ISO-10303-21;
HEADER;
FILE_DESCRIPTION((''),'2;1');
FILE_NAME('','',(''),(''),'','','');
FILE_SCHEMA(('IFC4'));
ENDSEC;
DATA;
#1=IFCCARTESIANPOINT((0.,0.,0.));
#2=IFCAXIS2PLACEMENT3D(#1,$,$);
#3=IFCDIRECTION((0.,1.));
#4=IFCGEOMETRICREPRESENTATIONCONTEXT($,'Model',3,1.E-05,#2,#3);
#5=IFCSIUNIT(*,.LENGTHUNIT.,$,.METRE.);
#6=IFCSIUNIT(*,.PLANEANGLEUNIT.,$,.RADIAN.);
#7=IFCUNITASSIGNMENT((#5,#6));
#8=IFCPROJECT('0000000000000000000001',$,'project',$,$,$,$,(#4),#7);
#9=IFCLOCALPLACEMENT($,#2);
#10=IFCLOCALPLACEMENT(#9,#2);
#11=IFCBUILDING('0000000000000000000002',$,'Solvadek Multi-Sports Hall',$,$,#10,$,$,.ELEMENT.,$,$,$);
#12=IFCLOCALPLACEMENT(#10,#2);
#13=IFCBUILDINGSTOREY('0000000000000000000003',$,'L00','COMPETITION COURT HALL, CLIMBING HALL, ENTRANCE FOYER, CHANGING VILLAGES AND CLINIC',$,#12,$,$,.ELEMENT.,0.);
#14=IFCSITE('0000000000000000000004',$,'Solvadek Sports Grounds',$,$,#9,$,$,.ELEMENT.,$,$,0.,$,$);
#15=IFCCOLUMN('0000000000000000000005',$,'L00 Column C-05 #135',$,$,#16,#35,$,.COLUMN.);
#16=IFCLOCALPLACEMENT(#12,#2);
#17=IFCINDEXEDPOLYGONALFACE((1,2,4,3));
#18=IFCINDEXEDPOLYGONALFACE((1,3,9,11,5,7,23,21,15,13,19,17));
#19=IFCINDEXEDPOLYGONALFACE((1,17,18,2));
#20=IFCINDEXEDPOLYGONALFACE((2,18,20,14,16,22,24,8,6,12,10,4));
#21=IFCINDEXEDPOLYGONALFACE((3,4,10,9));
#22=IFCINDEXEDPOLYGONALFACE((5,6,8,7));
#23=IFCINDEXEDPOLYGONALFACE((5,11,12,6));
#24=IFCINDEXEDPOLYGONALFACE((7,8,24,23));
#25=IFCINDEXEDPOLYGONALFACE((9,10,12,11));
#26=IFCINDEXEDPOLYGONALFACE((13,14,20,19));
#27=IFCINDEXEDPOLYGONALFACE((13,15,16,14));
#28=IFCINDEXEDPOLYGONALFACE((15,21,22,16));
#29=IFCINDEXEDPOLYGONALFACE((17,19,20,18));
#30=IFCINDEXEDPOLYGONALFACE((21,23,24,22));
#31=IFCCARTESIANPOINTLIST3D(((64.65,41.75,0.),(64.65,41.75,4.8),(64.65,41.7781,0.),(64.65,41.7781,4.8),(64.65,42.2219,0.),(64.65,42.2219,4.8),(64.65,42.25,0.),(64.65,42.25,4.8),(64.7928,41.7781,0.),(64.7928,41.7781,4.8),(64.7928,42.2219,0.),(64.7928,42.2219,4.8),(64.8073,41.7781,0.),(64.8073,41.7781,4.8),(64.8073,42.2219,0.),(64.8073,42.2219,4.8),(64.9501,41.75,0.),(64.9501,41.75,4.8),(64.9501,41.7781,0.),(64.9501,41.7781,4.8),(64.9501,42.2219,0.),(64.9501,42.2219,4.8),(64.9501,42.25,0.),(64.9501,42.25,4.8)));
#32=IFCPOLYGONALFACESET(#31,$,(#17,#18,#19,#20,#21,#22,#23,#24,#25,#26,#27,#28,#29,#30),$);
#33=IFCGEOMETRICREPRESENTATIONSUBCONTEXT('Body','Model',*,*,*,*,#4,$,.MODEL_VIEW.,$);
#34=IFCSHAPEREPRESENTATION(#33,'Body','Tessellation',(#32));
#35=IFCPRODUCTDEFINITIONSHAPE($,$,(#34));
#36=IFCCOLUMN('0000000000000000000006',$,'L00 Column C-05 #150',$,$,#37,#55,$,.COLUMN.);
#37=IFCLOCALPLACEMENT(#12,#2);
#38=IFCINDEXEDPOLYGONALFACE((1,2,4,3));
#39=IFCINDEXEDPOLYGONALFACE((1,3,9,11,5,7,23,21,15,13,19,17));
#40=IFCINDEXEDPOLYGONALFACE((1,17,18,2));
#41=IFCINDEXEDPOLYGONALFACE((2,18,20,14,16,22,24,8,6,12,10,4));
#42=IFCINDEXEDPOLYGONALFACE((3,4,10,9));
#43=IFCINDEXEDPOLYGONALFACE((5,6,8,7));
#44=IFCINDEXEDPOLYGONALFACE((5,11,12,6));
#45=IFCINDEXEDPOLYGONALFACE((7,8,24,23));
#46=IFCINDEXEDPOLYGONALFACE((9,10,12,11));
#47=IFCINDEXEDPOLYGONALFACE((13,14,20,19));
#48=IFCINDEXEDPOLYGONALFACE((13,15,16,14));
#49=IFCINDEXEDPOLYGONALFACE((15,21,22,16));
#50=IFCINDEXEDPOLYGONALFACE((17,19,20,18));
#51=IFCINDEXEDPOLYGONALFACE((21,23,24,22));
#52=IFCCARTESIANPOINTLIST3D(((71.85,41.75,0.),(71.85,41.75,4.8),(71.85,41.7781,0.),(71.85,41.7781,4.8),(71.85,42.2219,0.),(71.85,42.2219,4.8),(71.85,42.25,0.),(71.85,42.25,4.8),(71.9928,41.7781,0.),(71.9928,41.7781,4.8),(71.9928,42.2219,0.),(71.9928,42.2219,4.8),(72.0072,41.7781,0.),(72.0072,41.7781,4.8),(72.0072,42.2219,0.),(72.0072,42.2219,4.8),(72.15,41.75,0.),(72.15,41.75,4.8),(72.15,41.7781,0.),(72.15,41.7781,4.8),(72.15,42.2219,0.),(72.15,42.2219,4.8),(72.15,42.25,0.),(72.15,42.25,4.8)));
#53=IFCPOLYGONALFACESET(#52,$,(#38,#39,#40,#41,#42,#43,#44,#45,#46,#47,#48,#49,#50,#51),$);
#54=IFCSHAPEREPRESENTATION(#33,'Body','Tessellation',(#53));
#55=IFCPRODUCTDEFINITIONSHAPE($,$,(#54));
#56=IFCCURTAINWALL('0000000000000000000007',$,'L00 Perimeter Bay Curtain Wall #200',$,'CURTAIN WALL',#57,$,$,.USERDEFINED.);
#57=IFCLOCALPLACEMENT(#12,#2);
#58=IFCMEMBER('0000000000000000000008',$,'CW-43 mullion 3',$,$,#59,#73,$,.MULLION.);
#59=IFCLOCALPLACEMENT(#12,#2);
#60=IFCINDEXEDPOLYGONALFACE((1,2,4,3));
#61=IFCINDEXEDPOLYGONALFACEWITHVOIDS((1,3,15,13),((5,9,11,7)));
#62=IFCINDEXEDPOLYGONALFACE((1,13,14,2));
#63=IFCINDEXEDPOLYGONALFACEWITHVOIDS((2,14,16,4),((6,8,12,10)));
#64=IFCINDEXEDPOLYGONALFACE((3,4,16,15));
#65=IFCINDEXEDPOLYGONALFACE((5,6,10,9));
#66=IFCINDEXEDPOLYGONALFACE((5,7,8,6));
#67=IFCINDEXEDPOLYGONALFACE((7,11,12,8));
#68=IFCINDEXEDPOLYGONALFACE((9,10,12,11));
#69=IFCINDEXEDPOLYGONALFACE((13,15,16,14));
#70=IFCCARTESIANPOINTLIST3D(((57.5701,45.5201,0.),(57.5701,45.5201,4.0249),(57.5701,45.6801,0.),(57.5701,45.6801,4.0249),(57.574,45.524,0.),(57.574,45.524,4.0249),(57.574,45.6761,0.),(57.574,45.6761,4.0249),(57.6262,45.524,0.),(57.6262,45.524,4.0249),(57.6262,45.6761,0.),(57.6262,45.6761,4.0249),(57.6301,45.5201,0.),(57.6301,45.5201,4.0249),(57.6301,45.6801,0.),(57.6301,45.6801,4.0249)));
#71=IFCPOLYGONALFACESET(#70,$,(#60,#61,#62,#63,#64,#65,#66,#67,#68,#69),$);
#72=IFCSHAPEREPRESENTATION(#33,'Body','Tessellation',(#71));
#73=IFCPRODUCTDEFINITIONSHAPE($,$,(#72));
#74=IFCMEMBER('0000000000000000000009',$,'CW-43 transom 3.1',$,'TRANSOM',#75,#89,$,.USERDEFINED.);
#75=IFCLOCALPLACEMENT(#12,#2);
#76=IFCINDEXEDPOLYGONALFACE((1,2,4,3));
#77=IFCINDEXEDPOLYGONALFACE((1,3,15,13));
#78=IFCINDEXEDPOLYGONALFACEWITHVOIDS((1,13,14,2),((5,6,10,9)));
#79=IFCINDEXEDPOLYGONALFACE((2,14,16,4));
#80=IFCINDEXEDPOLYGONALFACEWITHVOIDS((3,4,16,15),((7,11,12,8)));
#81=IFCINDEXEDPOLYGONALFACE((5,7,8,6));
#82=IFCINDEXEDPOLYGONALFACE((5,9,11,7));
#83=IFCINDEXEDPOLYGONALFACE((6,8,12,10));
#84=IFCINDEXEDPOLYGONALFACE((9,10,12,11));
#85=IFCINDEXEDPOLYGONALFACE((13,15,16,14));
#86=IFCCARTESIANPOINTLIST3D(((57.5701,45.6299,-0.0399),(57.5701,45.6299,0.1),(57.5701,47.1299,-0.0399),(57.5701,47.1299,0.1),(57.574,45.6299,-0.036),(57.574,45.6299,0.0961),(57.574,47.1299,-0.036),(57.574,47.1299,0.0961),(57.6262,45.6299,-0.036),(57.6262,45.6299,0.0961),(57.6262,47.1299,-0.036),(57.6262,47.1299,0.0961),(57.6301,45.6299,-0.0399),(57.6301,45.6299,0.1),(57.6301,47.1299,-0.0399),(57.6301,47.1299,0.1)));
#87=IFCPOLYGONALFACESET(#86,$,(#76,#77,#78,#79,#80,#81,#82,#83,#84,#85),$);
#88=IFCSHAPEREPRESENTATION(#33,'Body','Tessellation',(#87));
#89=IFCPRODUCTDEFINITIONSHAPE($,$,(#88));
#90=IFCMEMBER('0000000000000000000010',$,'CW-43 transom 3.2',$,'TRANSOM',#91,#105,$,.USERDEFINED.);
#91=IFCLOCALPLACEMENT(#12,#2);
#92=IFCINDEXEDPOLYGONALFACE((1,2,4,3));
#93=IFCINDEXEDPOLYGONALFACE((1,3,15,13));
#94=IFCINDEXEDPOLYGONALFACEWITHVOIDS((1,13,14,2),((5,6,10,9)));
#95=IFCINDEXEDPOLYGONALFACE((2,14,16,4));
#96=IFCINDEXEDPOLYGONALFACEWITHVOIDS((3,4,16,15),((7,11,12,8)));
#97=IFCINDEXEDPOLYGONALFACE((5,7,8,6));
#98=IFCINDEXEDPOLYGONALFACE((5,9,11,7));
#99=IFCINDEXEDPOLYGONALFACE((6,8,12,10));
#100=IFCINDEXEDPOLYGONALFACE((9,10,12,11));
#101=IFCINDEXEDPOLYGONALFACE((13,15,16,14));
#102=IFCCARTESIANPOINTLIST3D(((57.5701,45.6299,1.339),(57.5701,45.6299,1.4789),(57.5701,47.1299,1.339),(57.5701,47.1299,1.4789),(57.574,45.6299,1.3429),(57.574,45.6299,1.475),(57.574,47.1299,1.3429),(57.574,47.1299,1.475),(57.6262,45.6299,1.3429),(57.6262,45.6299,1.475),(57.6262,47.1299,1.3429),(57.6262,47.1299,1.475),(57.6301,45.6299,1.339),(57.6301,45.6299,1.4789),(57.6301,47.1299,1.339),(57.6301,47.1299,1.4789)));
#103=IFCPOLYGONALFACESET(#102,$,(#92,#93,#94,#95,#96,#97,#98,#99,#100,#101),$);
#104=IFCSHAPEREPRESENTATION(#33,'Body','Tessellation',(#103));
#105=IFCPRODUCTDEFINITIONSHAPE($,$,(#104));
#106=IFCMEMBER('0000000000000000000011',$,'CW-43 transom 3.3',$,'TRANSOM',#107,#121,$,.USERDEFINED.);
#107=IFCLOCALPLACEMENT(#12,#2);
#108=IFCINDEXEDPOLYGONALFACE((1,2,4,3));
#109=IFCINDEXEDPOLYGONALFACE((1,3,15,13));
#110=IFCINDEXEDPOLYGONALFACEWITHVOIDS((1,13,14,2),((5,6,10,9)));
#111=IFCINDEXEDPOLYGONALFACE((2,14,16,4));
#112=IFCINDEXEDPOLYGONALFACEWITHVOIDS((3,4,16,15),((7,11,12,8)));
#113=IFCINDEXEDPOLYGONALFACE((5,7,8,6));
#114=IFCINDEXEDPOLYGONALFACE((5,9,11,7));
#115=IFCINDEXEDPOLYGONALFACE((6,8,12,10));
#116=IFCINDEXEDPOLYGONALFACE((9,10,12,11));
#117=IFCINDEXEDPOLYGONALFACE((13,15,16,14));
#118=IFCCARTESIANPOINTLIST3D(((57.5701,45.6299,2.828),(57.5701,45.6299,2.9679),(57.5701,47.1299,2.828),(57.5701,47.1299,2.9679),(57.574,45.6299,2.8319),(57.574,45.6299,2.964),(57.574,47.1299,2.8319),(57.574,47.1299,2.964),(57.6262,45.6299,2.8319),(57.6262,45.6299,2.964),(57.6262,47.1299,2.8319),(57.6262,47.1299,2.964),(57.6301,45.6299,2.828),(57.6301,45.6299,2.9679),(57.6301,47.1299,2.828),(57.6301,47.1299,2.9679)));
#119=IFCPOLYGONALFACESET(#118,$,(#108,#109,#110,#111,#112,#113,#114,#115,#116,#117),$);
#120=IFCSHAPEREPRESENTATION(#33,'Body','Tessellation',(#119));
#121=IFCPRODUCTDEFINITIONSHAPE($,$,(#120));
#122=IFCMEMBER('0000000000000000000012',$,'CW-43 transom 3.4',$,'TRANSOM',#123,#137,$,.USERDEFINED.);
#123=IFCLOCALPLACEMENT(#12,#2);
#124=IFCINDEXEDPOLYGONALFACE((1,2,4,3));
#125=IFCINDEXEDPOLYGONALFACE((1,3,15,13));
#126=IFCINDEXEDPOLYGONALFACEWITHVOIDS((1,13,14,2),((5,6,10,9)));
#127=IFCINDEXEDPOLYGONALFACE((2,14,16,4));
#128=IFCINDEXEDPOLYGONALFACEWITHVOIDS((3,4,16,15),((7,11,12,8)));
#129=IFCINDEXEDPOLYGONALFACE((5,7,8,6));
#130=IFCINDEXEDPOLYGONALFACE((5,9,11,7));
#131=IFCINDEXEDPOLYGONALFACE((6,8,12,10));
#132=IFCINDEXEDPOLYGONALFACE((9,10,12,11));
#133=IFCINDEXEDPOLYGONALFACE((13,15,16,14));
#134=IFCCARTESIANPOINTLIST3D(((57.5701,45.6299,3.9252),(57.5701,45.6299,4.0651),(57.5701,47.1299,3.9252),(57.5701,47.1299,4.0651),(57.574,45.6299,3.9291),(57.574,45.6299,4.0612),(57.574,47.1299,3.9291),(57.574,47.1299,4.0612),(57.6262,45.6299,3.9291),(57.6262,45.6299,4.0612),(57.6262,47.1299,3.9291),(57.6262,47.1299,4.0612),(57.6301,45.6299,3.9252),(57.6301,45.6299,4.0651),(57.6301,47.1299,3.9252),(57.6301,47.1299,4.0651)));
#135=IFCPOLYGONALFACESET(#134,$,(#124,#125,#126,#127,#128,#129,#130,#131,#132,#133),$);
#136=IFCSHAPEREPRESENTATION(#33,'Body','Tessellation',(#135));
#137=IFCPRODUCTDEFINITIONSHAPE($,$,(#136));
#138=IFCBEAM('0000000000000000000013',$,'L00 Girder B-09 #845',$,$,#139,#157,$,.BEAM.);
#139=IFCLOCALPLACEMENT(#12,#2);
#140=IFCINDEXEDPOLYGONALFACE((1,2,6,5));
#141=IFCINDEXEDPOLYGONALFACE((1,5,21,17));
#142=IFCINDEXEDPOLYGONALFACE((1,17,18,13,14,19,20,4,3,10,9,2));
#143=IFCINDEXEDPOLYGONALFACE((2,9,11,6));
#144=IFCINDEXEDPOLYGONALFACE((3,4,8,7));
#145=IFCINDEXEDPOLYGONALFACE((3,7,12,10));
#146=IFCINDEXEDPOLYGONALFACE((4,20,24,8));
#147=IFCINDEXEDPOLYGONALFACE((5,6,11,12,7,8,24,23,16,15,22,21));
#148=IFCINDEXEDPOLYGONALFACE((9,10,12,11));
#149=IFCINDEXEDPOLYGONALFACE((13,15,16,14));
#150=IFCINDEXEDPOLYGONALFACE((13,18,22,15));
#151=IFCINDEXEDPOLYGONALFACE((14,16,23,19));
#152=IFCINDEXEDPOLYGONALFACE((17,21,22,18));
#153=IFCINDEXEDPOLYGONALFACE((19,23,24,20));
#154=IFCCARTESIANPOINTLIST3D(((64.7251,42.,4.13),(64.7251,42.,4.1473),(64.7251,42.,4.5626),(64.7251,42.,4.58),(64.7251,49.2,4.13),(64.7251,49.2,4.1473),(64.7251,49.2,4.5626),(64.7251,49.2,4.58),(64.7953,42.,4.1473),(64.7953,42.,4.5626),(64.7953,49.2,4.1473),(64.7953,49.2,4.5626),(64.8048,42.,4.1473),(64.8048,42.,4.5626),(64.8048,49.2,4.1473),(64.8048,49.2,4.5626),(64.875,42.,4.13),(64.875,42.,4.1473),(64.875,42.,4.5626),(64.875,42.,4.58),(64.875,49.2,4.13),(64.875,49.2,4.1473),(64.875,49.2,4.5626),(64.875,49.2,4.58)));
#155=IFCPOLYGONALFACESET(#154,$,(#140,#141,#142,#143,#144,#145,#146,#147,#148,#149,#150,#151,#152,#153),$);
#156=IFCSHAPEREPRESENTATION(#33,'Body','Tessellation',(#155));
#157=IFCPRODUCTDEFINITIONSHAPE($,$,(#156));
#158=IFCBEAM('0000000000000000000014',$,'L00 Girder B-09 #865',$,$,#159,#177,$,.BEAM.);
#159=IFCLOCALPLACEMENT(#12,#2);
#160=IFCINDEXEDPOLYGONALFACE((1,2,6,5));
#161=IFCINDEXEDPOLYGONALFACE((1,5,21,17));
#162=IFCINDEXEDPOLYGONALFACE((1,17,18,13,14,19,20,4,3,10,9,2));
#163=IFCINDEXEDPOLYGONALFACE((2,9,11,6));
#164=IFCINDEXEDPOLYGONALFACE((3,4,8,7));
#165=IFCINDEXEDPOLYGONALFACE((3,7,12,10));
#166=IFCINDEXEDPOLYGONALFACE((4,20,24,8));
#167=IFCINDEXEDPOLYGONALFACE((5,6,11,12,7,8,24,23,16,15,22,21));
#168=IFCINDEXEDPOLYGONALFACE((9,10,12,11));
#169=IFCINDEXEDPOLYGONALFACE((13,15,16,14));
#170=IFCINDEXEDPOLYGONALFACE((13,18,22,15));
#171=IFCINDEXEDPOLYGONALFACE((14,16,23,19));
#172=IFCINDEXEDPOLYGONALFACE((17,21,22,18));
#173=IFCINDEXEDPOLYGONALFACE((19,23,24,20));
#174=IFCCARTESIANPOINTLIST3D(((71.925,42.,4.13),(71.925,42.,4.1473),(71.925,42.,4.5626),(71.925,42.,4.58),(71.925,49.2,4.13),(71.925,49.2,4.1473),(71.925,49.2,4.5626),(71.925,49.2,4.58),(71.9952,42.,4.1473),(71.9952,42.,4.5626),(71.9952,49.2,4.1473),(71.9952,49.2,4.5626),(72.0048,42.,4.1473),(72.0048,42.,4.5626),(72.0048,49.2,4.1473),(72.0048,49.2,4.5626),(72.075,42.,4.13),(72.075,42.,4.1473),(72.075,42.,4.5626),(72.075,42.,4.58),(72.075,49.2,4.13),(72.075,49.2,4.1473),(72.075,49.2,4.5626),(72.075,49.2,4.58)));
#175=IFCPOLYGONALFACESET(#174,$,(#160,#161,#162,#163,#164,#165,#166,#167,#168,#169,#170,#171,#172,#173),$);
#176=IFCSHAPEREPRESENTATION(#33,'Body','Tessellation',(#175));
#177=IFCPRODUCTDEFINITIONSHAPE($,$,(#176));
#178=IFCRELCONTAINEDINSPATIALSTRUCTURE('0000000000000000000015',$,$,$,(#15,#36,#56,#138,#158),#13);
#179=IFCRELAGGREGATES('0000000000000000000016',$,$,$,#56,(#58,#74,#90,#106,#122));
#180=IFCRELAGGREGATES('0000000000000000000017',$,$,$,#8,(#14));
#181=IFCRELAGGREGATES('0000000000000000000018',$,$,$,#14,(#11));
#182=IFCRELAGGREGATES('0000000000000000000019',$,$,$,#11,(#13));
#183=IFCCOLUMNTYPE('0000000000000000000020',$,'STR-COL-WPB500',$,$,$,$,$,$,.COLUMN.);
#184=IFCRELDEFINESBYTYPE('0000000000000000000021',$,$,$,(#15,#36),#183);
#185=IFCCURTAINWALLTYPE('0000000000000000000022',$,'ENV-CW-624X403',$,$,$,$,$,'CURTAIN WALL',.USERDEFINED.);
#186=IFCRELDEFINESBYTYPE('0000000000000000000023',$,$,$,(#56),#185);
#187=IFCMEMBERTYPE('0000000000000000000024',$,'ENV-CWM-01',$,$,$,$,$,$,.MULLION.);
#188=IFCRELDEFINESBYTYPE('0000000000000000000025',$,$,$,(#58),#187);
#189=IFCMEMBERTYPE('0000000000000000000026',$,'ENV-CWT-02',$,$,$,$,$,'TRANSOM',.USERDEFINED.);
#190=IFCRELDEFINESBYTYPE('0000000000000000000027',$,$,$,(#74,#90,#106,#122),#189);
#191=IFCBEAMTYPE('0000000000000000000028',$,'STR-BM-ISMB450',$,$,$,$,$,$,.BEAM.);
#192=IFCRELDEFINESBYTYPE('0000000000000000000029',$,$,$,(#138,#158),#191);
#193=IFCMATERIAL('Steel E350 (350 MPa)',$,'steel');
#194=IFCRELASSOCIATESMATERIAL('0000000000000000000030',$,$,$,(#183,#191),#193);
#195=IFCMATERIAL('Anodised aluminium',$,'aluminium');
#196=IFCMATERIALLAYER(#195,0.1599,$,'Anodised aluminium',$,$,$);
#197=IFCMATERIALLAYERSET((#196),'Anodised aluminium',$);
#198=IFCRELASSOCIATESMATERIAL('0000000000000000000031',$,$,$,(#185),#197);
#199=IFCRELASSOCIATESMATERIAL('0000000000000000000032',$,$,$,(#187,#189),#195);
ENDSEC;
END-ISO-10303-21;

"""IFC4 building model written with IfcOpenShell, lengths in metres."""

from ifc_helpers import new_model, si_unit, direction, frame, origin, origin_2d, place, context, subcontext, project, spatial, hollow_rectangle, i_section, extrude, material, layer, layer_set, material_profile, profile_set, type_object, element, aggregate, save


model = new_model("IFC4")

# Units and contexts
model_context = context("Model", 3, precision=1e-05, world=origin(), true_north=direction((0.0, 1.0)))
body_context = subcontext(model_context, "Body", "Model", "MODEL_VIEW")
ifc_project = project(units=[si_unit("LENGTHUNIT", "METRE"), si_unit("PLANEANGLEUNIT", "RADIAN")], contexts=[model_context])

# Site, building, storey
site_placement = place(None, origin())
site = spatial("IfcSite", under=ifc_project, at=site_placement, Name="Solvadek Sports Grounds", CompositionType="ELEMENT", RefElevation=0.0)
building_placement = place(site_placement, origin())
building = spatial("IfcBuilding", under=site, at=building_placement, Name="Solvadek Multi-Sports Hall", CompositionType="ELEMENT")
storey_placement = place(building_placement, origin())
storey = spatial("IfcBuildingStorey", under=building, at=storey_placement, Name="L00", Description="COMPETITION COURT HALL, CLIMBING HALL, ENTRANCE FOYER, CHANGING VILLAGES AND CLINIC", CompositionType="ELEMENT", Elevation=0.0)

# Columns
ifc_material_1 = material(Name="Steel E350 (350 MPa)", Category="steel")
ifc_material_profile_1 = material_profile(ifc_material_1, i_section(OverallWidth=0.3, OverallDepth=0.5, WebThickness=0.0144, FlangeThickness=0.0281, at=origin_2d()), Name="WPB 500")
ifc_profile_set_1 = profile_set([ifc_material_profile_1], Name="Steel E350 (350 MPa)")
column_type = type_object("IfcColumnType", Name="STR-COL-WPB500", PredefinedType="COLUMN", material=ifc_profile_set_1)
for number, where, z_axis, x_axis, name in (
    (1, (64.8, 42.0, 0.0), (0.0, 0.0, 1.0), (1.0, 0.0, 0.0), "L00 Column C-05 #135"),
    (2, (72.0, 42.0, 0.0), (0.0, 0.0, 1.0), (1.0, 0.0, 0.0), "L00 Column C-05 #150"),
):
    element("IfcColumn", number, at=place(storey_placement, frame(where, z_axis=z_axis, x_axis=x_axis)), inside=storey, type_object=column_type, Name=name, PredefinedType="COLUMN", context=body_context, shape_type="SweptSolid", body=[
        extrude(i_section(OverallWidth=0.3, OverallDepth=0.5, WebThickness=0.0144, FlangeThickness=0.0281, at=origin_2d()), origin(), (0.0, 0.0, 1.0), 4.8),
    ])

# Curtain wall, members
ifc_material_2 = material(Name="Anodised aluminium", Category="aluminium")
ifc_layer_1 = layer(ifc_material_2, 0.1599, Name="Anodised aluminium")
ifc_layer_set_1 = layer_set([ifc_layer_1], Name="Anodised aluminium")
curtain_wall_type = type_object("IfcCurtainWallType", Name="ENV-CW-624X403", ElementType="CURTAIN WALL", PredefinedType="USERDEFINED", material=ifc_layer_set_1)
curtain_wall_placement = place(storey_placement, origin())
curtain_wall = element("IfcCurtainWall", 3, at=curtain_wall_placement, inside=storey, type_object=curtain_wall_type, Name="L00 Perimeter Bay Curtain Wall #200", ObjectType="CURTAIN WALL", PredefinedType="USERDEFINED")
ifc_material_profile_2 = material_profile(ifc_material_2, hollow_rectangle(XDim=0.0601, YDim=0.1599, WallThickness=0.0039, at=origin_2d()), Name="ALU-M 160x60x4")
ifc_profile_set_2 = profile_set([ifc_material_profile_2], Name="Anodised aluminium")
member_type_1 = type_object("IfcMemberType", Name="ENV-CWM-01", PredefinedType="MULLION", material=ifc_profile_set_2)
member_1_placement = place(storey_placement, frame((57.6001, 45.6001, 0.0), z_axis=(0.0, 0.0, 1.0), x_axis=(-1.0, 0.0, 0.0)))
member_1 = element("IfcMember", 4, at=member_1_placement, type_object=member_type_1, Name="CW-43 mullion 3", PredefinedType="MULLION", context=body_context, shape_type="SweptSolid", body=[
    extrude(hollow_rectangle(XDim=0.0601, YDim=0.1599, WallThickness=0.0039, at=origin_2d()), origin(), (0.0, 0.0, 1.0), 4.0249),
])
ifc_material_profile_3 = material_profile(ifc_material_2, hollow_rectangle(XDim=0.0601, YDim=0.1399, WallThickness=0.0039, at=origin_2d()), Name="ALU-T 140x60x4")
ifc_profile_set_3 = profile_set([ifc_material_profile_3], Name="Anodised aluminium")
member_type_2 = type_object("IfcMemberType", Name="ENV-CWT-02", ElementType="TRANSOM", PredefinedType="USERDEFINED", material=ifc_profile_set_3)
member_2_placement = place(storey_placement, frame((57.6001, 45.6299, 0.03), z_axis=(0.0, 1.0, 0.0), x_axis=(-1.0, 0.0, 0.0)))
member_2 = element("IfcMember", 5, at=member_2_placement, type_object=member_type_2, Name="CW-43 transom 3.1", ObjectType="TRANSOM", PredefinedType="USERDEFINED", context=body_context, shape_type="SweptSolid", body=[
    extrude(hollow_rectangle(XDim=0.0601, YDim=0.1399, WallThickness=0.0039, at=origin_2d()), origin(), (0.0, 0.0, 1.0), 1.5),
])
member_3_placement = place(storey_placement, frame((57.6001, 45.6299, 1.4089), z_axis=(0.0, 1.0, 0.0), x_axis=(-1.0, 0.0, 0.0)))
member_3 = element("IfcMember", 6, at=member_3_placement, type_object=member_type_2, Name="CW-43 transom 3.2", ObjectType="TRANSOM", PredefinedType="USERDEFINED", context=body_context, shape_type="SweptSolid", body=[
    extrude(hollow_rectangle(XDim=0.0601, YDim=0.1399, WallThickness=0.0039, at=origin_2d()), origin(), (0.0, 0.0, 1.0), 1.5),
])
member_4_placement = place(storey_placement, frame((57.6001, 45.6299, 2.8979), z_axis=(0.0, 1.0, 0.0), x_axis=(-1.0, 0.0, 0.0)))
member_4 = element("IfcMember", 7, at=member_4_placement, type_object=member_type_2, Name="CW-43 transom 3.3", ObjectType="TRANSOM", PredefinedType="USERDEFINED", context=body_context, shape_type="SweptSolid", body=[
    extrude(hollow_rectangle(XDim=0.0601, YDim=0.1399, WallThickness=0.0039, at=origin_2d()), origin(), (0.0, 0.0, 1.0), 1.5),
])
member_5_placement = place(storey_placement, frame((57.6001, 45.6299, 3.9951), z_axis=(0.0, 1.0, 0.0), x_axis=(-1.0, 0.0, 0.0)))
member_5 = element("IfcMember", 8, at=member_5_placement, type_object=member_type_2, Name="CW-43 transom 3.4", ObjectType="TRANSOM", PredefinedType="USERDEFINED", context=body_context, shape_type="SweptSolid", body=[
    extrude(hollow_rectangle(XDim=0.0601, YDim=0.1399, WallThickness=0.0039, at=origin_2d()), origin(), (0.0, 0.0, 1.0), 1.5),
])

# Beams
ifc_material_profile_4 = material_profile(ifc_material_1, i_section(OverallWidth=0.1499, OverallDepth=0.45, WebThickness=0.0095, FlangeThickness=0.0173, at=origin_2d()), Name="ISMB 450")
ifc_profile_set_4 = profile_set([ifc_material_profile_4], Name="Steel E350 (350 MPa)")
beam_type_1 = type_object("IfcBeamType", Name="STR-BM-ISMB450", PredefinedType="BEAM", material=ifc_profile_set_4)
for number, where, z_axis, x_axis, name in (
    (9, (64.8, 42.0, 4.355), (0.0, 1.0, 0.0), (-1.0, 0.0, 0.0), "L00 Girder B-09 #845"),
    (10, (72.0, 42.0, 4.355), (0.0, 1.0, 0.0), (-1.0, 0.0, 0.0), "L00 Girder B-09 #865"),
):
    element("IfcBeam", number, at=place(storey_placement, frame(where, z_axis=z_axis, x_axis=x_axis)), inside=storey, type_object=beam_type_1, Name=name, PredefinedType="BEAM", context=body_context, shape_type="SweptSolid", body=[
        extrude(i_section(OverallWidth=0.1499, OverallDepth=0.45, WebThickness=0.0095, FlangeThickness=0.0173, at=origin_2d()), origin(), (0.0, 0.0, 1.0), 7.2),
    ])

aggregate(curtain_wall, [member_1, member_2, member_3, member_4, member_5])

save(model, "model.ifc")
